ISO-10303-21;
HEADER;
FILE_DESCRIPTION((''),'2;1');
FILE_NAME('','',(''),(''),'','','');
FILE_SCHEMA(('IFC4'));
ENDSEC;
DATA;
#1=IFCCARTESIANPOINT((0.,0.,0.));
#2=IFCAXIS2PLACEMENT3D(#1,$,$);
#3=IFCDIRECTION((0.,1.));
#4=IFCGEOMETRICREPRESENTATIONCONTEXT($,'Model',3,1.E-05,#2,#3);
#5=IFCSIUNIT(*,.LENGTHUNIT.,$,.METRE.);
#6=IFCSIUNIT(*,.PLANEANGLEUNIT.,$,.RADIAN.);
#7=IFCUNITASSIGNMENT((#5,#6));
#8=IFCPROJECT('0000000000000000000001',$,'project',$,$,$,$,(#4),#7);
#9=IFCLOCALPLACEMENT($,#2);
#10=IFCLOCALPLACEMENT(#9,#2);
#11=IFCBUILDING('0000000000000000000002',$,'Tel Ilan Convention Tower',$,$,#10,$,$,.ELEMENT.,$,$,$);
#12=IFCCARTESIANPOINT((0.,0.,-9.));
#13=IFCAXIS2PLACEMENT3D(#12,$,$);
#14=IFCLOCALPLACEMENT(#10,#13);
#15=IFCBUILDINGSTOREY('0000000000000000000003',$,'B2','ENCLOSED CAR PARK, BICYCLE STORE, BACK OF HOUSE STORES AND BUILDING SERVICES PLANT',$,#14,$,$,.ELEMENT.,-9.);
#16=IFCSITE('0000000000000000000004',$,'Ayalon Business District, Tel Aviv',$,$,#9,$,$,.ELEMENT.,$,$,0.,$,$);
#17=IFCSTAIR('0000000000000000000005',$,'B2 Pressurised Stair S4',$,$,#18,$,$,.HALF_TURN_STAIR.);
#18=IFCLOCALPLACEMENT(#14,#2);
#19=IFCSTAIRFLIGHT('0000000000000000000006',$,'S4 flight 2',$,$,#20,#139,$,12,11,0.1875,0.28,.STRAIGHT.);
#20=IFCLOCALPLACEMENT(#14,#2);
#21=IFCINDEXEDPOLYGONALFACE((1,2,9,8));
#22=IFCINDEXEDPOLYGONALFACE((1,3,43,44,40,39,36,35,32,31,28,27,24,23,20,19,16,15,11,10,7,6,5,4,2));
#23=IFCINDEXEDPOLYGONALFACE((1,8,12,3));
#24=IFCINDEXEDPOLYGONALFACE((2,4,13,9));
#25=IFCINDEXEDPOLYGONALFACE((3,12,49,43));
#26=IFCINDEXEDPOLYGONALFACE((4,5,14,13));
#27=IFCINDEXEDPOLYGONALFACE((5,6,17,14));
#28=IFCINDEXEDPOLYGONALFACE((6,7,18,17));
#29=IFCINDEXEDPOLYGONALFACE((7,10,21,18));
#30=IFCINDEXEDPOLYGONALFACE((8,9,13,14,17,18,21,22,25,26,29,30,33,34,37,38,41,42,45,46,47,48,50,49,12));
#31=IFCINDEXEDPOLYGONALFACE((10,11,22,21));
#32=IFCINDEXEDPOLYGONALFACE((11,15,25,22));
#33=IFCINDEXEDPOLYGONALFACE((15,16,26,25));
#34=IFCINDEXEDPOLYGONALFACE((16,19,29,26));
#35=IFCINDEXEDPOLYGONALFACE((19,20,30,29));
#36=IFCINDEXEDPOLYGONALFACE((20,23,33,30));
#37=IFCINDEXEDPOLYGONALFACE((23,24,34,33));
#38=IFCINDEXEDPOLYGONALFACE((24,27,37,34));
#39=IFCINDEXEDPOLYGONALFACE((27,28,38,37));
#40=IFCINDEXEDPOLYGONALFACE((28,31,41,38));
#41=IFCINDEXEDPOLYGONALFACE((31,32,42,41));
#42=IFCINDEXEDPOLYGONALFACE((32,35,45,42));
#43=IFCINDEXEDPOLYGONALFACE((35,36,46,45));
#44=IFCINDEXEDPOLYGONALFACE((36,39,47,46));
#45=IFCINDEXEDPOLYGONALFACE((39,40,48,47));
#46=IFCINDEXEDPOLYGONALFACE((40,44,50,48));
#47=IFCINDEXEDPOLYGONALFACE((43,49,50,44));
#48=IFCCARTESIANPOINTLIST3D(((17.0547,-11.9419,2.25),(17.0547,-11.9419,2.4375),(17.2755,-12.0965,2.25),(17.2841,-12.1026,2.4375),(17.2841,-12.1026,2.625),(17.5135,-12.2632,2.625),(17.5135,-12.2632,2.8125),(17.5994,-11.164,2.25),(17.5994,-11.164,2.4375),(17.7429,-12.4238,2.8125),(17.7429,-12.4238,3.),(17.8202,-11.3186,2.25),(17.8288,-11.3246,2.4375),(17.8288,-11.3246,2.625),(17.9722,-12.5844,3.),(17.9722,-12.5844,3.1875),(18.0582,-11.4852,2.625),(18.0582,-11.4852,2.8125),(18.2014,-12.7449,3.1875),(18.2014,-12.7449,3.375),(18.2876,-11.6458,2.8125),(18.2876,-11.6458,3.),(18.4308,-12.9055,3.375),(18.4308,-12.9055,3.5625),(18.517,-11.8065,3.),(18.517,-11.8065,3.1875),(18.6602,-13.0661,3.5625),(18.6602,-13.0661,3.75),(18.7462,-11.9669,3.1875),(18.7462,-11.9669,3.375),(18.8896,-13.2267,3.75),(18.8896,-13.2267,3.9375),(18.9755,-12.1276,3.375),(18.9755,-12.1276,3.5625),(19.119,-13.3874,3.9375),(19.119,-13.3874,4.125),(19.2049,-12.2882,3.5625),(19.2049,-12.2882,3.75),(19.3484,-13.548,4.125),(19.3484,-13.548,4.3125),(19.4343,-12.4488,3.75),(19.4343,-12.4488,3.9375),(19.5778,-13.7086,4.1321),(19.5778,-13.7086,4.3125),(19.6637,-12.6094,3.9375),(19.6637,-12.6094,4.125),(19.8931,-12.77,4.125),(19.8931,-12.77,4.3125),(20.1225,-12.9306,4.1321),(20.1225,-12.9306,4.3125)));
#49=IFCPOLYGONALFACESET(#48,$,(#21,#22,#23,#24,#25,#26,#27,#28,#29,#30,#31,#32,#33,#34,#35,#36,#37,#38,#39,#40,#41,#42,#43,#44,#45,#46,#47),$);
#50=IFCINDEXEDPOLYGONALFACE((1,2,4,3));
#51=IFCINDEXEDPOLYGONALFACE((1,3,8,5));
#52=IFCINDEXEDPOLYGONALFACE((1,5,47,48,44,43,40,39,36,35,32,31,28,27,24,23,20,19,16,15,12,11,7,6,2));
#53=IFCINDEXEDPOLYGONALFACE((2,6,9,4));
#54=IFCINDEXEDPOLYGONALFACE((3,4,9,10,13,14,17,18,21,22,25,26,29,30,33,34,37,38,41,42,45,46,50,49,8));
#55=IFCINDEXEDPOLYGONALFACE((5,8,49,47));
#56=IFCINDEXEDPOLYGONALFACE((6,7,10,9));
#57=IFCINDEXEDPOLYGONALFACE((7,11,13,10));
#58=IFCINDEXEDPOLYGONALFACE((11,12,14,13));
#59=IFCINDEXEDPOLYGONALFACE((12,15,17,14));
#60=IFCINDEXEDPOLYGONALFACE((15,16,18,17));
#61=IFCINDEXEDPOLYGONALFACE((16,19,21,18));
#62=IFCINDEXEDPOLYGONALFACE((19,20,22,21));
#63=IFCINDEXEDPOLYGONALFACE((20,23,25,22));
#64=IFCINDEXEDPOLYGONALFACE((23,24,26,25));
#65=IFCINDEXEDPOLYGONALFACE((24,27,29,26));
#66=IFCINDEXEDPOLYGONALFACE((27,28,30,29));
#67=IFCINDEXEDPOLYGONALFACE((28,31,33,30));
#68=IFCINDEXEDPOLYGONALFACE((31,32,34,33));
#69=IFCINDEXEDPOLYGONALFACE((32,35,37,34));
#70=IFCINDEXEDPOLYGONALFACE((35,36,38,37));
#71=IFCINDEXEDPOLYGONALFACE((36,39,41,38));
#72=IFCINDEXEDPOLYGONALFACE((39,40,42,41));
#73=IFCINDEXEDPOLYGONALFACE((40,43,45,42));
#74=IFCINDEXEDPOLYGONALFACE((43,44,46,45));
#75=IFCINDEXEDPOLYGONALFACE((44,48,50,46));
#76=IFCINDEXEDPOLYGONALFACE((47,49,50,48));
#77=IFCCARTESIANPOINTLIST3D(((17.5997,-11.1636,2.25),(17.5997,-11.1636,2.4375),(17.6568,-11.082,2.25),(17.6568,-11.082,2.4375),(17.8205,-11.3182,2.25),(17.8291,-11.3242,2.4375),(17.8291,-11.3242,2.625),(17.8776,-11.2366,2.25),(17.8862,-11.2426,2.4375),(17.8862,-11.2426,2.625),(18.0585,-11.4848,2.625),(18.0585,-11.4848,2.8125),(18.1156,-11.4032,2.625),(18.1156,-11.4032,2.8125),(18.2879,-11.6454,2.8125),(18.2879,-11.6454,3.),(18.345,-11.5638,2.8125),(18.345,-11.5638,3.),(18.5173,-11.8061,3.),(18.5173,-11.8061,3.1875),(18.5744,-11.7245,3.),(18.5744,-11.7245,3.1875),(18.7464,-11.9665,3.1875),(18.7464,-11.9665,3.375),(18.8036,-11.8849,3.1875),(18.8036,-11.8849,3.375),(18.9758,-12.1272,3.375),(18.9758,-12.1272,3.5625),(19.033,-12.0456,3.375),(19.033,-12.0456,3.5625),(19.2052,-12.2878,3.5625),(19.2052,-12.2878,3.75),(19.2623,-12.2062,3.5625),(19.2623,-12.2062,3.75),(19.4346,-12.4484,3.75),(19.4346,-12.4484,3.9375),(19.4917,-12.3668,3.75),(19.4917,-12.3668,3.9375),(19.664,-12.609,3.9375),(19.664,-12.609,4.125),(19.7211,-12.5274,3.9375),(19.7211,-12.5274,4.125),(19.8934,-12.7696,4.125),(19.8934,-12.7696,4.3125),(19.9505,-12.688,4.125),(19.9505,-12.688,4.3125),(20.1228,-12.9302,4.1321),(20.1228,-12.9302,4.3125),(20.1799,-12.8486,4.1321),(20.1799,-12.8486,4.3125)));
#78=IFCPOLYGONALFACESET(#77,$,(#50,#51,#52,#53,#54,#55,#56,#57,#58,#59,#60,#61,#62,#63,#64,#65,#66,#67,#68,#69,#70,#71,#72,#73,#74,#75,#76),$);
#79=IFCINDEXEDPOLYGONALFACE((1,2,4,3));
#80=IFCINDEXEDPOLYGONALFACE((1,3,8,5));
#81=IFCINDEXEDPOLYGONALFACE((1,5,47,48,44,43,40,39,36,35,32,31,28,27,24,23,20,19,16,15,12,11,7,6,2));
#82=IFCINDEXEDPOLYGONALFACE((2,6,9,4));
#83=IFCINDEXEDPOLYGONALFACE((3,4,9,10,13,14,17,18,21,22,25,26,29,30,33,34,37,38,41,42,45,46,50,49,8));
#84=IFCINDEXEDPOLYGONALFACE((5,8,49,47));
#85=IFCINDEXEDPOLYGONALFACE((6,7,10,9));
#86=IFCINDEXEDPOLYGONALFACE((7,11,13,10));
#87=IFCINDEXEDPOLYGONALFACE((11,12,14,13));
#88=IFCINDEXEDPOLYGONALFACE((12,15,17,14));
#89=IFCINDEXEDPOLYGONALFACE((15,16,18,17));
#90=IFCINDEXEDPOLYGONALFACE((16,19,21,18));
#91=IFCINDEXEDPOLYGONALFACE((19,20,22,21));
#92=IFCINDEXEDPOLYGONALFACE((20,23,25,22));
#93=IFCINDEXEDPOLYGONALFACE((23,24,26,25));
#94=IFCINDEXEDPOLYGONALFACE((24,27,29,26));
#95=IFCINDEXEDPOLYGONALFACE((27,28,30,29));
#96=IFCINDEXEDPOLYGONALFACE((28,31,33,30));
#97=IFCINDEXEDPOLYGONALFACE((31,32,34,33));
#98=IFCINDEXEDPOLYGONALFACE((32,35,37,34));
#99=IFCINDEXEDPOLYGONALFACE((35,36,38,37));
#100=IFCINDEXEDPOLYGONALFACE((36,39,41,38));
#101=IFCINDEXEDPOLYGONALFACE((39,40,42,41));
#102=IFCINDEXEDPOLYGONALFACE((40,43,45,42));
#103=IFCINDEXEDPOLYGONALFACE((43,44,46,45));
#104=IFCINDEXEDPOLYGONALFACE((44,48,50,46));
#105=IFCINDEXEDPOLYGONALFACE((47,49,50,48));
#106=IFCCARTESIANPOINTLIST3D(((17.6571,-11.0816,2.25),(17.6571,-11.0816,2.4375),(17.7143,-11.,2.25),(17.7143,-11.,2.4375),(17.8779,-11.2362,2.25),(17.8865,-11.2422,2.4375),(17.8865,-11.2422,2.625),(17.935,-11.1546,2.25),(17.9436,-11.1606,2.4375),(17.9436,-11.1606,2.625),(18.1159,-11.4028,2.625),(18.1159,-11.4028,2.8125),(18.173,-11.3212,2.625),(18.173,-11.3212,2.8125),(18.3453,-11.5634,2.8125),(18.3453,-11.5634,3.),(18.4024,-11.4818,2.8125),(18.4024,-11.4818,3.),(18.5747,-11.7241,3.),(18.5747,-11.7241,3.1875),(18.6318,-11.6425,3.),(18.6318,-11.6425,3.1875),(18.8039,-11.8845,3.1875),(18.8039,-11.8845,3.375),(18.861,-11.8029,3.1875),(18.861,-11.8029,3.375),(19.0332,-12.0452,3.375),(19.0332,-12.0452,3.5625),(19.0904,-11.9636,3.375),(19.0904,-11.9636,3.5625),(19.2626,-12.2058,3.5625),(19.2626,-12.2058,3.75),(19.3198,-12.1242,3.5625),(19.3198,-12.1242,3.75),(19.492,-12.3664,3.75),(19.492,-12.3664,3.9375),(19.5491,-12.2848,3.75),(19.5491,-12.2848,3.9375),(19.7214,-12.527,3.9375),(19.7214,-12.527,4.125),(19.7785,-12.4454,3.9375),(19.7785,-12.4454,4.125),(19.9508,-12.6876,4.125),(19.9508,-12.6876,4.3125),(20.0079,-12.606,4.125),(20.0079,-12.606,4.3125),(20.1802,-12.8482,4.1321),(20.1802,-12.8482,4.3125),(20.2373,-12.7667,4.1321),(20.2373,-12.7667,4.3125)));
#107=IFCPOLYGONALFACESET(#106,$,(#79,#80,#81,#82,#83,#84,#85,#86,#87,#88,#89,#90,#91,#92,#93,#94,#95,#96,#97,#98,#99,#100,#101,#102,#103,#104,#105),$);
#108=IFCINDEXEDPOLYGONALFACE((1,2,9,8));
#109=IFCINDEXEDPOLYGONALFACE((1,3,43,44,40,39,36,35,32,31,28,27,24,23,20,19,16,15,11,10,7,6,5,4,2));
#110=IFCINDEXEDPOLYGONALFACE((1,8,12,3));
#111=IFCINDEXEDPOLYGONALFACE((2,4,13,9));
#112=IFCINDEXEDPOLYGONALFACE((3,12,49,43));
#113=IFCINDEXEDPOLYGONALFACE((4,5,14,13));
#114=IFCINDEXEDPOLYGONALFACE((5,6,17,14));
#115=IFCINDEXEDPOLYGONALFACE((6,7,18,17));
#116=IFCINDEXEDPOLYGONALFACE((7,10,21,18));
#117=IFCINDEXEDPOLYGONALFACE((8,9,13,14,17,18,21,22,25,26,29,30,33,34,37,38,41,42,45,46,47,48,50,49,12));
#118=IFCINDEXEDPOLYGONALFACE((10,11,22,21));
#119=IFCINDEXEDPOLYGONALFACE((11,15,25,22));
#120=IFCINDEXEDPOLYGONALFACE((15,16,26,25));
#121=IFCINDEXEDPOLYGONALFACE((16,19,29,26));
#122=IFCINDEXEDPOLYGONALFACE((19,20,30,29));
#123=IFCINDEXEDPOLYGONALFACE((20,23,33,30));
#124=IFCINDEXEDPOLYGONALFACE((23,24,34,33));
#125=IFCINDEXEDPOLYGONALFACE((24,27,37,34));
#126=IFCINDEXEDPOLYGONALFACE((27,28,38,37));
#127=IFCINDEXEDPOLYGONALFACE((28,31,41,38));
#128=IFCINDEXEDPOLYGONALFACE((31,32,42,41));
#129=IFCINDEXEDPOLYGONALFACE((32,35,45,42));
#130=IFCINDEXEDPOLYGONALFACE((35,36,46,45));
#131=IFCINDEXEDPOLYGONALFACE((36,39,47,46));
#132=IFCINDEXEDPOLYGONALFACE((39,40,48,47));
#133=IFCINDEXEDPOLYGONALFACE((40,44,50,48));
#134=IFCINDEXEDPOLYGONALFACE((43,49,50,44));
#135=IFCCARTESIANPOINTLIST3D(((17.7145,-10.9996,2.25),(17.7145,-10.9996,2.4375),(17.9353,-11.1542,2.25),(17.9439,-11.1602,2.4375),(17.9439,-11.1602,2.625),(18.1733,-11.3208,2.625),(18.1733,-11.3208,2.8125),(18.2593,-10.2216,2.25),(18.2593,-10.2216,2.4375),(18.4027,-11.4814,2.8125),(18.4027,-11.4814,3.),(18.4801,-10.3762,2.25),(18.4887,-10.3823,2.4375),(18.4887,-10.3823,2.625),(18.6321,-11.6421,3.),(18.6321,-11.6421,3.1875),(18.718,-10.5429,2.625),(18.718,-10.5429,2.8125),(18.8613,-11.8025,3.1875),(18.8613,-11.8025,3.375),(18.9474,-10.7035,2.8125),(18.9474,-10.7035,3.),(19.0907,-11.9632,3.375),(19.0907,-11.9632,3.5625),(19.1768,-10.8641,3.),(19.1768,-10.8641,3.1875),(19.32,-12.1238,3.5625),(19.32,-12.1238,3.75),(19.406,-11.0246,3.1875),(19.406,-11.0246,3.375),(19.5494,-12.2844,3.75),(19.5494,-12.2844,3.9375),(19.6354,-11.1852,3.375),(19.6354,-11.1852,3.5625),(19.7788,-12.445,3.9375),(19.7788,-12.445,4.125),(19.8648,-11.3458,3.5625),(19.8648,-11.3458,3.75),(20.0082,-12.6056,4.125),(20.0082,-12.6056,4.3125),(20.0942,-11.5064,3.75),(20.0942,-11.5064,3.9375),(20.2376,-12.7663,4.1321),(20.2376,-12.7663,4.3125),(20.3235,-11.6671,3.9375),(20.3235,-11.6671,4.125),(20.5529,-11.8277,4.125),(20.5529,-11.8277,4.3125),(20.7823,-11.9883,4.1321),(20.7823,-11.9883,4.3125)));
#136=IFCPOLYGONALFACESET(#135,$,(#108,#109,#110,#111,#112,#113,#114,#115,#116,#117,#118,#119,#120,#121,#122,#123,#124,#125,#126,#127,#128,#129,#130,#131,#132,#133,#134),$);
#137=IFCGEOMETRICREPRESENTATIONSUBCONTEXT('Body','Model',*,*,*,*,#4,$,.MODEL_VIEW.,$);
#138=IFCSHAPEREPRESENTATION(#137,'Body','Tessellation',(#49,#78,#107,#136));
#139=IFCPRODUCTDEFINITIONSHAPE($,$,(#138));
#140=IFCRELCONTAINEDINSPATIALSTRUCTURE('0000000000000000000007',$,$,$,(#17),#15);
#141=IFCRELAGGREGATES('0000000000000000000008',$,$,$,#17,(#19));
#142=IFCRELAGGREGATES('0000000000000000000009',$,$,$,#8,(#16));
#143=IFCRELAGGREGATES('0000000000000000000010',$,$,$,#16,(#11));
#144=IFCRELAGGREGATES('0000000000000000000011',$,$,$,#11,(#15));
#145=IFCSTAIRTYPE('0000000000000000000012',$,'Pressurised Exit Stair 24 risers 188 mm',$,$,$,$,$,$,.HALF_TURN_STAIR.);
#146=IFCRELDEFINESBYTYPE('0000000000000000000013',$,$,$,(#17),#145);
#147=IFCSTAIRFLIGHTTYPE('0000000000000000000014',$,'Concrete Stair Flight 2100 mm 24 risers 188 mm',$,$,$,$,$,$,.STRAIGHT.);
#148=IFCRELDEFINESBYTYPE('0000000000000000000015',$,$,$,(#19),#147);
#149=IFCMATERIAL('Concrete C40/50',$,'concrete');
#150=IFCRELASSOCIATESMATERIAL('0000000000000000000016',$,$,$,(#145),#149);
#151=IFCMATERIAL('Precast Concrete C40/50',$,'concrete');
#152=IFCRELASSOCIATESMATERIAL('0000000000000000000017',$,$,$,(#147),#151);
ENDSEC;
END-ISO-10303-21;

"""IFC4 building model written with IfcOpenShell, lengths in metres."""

from ifc_helpers import new_model, si_unit, direction, frame, origin, place, context, subcontext, project, spatial, polyline, outline, extrude, material, type_object, element, aggregate, save


model = new_model("IFC4")

# Units and contexts
model_context = context("Model", 3, precision=1e-05, world=origin(), true_north=direction((0.0, 1.0)))
body_context = subcontext(model_context, "Body", "Model", "MODEL_VIEW")
ifc_project = project(units=[si_unit("LENGTHUNIT", "METRE"), si_unit("PLANEANGLEUNIT", "RADIAN")], contexts=[model_context])

# Site, building, storey
site_placement = place(None, origin())
site = spatial("IfcSite", under=ifc_project, at=site_placement, Name="Ayalon Business District, Tel Aviv", CompositionType="ELEMENT", RefElevation=0.0)
building_placement = place(site_placement, origin())
building = spatial("IfcBuilding", under=site, at=building_placement, Name="Tel Ilan Convention Tower", CompositionType="ELEMENT")
storey_placement = place(building_placement, frame((0.0, 0.0, -9.0)))
storey = spatial("IfcBuildingStorey", under=building, at=storey_placement, Name="B2", Description="ENCLOSED CAR PARK, BICYCLE STORE, BACK OF HOUSE STORES AND BUILDING SERVICES PLANT", CompositionType="ELEMENT", Elevation=-9.0)

# Stair, stair flight
ifc_material_1 = material(Name="Concrete C40/50", Category="concrete")
stair_type = type_object("IfcStairType", Name="Pressurised Exit Stair 24 risers 188 mm", PredefinedType="HALF_TURN_STAIR", material=ifc_material_1)
ifc_material_2 = material(Name="Precast Concrete C40/50", Category="concrete")
stair_flight_type = type_object("IfcStairFlightType", Name="Concrete Stair Flight 2100 mm 24 risers 188 mm", PredefinedType="STRAIGHT", material=ifc_material_2)
stair_1_placement = place(storey_placement, origin())
stair_1 = element("IfcStair", 1, at=stair_1_placement, inside=storey, type_object=stair_type, Name="B2 Pressurised Stair S4", PredefinedType="HALF_TURN_STAIR")
stair_flight_1_placement = place(storey_placement, frame((17.657, -11.0818, 2.25), z_axis=(0.0, 0.0, 1.0), x_axis=(0.819152, -0.573576, 0.0)))
stair_flight_1 = element("IfcStairFlight", 2, at=stair_flight_1_placement, type_object=stair_flight_type, Name="S4 flight 2", NumberOfRisers=12, NumberOfTreads=11, PredefinedType="STRAIGHT", RiserHeight=0.1875, TreadLength=0.28, context=body_context, shape_type="SweptSolid", body=[
    extrude(outline(polyline([(0.0, 0.0), (0.0, 0.1875), (0.28, 0.1875), (0.28, 0.375), (0.5601, 0.375), (0.5601, 0.5625), (0.8401, 0.5625), (0.8401, 0.75), (1.1201, 0.75), (1.1201, 0.9375), (1.3999, 0.9375), (1.3999, 1.125), (1.6799, 1.125), (1.6799, 1.3125), (1.96, 1.3125), (1.96, 1.5), (2.24, 1.5), (2.24, 1.6875), (2.52, 1.6875), (2.52, 1.875), (2.8, 1.875), (2.8, 2.0625), (3.0801, 2.0625), (3.0801, 2.25), (3.0801, 1.8821), (0.2695, 0.0), (0.0, 0.0)])), frame((0.0, -0.1003, 0.0), z_axis=(0.0, -1.0, 0.0), x_axis=(1.0, 0.0, 0.0)), (0.0, 0.0, 1.0), 0.9497),
    extrude(outline(polyline([(0.0, 0.0), (0.0, 0.1875), (0.28, 0.1875), (0.28, 0.375), (0.5601, 0.375), (0.5601, 0.5625), (0.8401, 0.5625), (0.8401, 0.75), (1.1201, 0.75), (1.1201, 0.9375), (1.3999, 0.9375), (1.3999, 1.125), (1.6799, 1.125), (1.6799, 1.3125), (1.96, 1.3125), (1.96, 1.5), (2.24, 1.5), (2.24, 1.6875), (2.52, 1.6875), (2.52, 1.875), (2.8, 1.875), (2.8, 2.0625), (3.0801, 2.0625), (3.0801, 2.25), (3.0801, 1.8821), (0.2695, 0.0), (0.0, 0.0)])), frame((0.0, -0.0002, 0.0), z_axis=(0.0, -1.0, 0.0), x_axis=(1.0, 0.0, 0.0)), (0.0, 0.0, 1.0), 0.0996),
    extrude(outline(polyline([(0.0, 0.0), (0.0, 0.1875), (0.28, 0.1875), (0.28, 0.375), (0.5601, 0.375), (0.5601, 0.5625), (0.8401, 0.5625), (0.8401, 0.75), (1.1201, 0.75), (1.1201, 0.9375), (1.3999, 0.9375), (1.3999, 1.125), (1.6799, 1.125), (1.6799, 1.3125), (1.96, 1.3125), (1.96, 1.5), (2.24, 1.5), (2.24, 1.6875), (2.52, 1.6875), (2.52, 1.875), (2.8, 1.875), (2.8, 2.0625), (3.0801, 2.0625), (3.0801, 2.25), (3.0801, 1.8821), (0.2695, 0.0), (0.0, 0.0)])), frame((0.0, 0.0999, 0.0), z_axis=(0.0, -1.0, 0.0), x_axis=(1.0, 0.0, 0.0)), (0.0, 0.0, 1.0), 0.0996),
    extrude(outline(polyline([(0.0, 0.0), (0.0, 0.1875), (0.28, 0.1875), (0.28, 0.375), (0.5601, 0.375), (0.5601, 0.5625), (0.8401, 0.5625), (0.8401, 0.75), (1.1201, 0.75), (1.1201, 0.9375), (1.3999, 0.9375), (1.3999, 1.125), (1.6799, 1.125), (1.6799, 1.3125), (1.96, 1.3125), (1.96, 1.5), (2.24, 1.5), (2.24, 1.6875), (2.52, 1.6875), (2.52, 1.875), (2.8, 1.875), (2.8, 2.0625), (3.0801, 2.0625), (3.0801, 2.25), (3.0801, 1.8821), (0.2695, 0.0), (0.0, 0.0)])), frame((0.0, 1.05, 0.0), z_axis=(0.0, -1.0, 0.0), x_axis=(1.0, 0.0, 0.0)), (0.0, 0.0, 1.0), 0.9497),
])
aggregate(stair_1, [stair_flight_1])

save(model, "model.ifc")
